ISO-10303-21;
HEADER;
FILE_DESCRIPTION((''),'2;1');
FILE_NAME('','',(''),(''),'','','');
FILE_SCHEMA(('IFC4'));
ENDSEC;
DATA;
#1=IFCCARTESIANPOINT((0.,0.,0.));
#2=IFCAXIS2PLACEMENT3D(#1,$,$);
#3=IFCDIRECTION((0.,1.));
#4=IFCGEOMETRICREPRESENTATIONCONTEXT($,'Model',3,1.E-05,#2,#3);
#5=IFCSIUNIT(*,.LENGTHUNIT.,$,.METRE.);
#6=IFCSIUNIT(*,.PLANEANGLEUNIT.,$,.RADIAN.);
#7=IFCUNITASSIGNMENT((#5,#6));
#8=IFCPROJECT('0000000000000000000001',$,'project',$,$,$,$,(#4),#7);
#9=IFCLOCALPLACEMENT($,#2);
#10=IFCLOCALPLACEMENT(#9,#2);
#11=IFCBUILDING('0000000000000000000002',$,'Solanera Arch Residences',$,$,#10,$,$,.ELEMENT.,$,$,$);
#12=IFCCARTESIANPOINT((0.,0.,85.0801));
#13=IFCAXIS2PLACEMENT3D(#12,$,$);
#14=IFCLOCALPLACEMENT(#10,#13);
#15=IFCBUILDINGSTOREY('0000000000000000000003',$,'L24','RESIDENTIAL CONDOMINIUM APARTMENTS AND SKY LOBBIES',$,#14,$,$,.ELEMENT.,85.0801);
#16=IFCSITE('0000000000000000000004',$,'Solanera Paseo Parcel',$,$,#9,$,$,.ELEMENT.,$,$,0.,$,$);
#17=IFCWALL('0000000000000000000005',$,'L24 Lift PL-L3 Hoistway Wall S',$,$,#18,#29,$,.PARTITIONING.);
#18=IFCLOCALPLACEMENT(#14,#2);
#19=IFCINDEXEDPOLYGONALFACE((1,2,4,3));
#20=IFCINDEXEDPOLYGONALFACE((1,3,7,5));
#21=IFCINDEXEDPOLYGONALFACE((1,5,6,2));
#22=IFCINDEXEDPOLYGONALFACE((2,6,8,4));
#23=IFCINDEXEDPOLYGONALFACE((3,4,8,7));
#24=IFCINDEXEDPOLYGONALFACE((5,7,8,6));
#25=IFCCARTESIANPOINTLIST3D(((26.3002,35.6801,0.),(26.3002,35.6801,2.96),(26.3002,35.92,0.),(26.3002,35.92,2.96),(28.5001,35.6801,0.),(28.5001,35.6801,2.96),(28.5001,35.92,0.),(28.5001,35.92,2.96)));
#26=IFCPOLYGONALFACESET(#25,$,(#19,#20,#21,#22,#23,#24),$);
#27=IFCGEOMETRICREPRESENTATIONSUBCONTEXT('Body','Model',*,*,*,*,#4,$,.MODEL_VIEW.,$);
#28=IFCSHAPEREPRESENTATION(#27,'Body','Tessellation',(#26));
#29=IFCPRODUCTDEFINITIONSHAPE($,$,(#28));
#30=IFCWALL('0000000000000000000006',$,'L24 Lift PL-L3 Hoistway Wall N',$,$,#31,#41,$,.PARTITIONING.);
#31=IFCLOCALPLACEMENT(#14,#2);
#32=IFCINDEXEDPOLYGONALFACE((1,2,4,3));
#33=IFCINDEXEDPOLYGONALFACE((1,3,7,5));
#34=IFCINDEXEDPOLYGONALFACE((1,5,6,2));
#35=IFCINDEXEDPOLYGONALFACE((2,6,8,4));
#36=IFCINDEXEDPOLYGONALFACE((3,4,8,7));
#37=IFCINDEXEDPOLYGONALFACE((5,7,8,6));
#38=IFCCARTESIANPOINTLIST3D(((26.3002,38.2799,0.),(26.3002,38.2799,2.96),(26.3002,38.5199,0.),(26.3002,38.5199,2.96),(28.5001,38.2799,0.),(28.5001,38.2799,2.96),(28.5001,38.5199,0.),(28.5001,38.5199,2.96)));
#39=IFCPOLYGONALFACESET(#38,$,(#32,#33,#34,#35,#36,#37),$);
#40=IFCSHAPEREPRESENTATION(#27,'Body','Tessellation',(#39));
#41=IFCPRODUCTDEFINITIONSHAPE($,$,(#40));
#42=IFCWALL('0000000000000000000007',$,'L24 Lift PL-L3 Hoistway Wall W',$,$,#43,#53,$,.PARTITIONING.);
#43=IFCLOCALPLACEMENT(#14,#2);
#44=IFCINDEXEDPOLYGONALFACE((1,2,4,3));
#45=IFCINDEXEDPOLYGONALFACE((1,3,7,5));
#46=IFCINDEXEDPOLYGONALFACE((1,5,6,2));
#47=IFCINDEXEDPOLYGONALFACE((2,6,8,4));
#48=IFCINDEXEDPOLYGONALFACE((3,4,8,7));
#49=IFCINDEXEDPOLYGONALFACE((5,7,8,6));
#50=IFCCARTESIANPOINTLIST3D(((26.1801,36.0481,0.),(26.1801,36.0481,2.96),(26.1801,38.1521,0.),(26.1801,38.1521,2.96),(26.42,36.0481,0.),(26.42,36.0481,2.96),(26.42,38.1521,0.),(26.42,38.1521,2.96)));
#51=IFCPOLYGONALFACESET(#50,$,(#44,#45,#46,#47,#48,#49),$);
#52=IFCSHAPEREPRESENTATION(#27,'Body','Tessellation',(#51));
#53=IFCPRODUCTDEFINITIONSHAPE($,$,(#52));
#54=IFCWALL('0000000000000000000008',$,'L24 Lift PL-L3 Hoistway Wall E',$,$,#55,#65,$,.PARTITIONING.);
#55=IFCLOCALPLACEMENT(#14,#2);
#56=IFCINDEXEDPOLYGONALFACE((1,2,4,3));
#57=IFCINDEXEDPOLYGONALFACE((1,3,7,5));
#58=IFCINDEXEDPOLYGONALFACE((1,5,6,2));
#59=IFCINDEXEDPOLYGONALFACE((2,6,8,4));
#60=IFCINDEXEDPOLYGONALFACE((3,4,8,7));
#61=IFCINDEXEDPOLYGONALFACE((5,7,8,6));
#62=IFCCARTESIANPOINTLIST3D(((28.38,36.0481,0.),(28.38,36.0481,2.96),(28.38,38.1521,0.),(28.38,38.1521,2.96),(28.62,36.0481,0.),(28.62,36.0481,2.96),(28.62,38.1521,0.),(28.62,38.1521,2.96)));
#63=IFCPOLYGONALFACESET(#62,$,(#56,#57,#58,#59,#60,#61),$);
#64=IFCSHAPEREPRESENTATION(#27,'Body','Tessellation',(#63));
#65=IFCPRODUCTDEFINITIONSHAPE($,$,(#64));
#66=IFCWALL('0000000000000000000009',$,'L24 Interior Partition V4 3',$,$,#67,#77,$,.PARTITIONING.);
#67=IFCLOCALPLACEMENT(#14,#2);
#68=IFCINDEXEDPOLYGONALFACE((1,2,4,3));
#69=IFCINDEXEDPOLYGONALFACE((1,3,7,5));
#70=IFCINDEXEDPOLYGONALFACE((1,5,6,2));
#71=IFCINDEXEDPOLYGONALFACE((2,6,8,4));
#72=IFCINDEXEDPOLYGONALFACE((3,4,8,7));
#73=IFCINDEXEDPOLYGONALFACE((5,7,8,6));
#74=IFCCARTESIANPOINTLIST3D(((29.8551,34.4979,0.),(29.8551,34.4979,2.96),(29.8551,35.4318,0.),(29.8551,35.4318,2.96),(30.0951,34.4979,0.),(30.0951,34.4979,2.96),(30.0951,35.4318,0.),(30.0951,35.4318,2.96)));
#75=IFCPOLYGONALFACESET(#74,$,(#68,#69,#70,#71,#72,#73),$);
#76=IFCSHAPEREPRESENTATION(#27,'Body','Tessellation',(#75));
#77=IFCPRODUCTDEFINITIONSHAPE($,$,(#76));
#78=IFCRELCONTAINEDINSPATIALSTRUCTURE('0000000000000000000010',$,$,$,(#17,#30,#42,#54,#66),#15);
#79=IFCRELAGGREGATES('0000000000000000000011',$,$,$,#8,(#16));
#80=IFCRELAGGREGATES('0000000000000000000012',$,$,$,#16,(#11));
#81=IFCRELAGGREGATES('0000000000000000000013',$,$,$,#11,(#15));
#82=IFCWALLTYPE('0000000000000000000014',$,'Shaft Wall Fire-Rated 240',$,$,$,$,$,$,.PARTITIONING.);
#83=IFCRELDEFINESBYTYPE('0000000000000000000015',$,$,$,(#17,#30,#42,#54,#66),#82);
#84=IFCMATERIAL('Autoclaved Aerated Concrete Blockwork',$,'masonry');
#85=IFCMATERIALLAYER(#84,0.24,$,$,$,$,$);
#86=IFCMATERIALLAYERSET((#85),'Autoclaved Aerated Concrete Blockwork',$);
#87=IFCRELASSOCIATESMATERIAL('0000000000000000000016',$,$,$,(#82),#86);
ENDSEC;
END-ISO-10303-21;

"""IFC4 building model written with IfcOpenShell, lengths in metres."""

from ifc_helpers import new_model, si_unit, direction, frame, frame_2d, origin, place, context, subcontext, project, spatial, rectangle, extrude, material, layer, layer_set, type_object, element, save


model = new_model("IFC4")

# Units and contexts
model_context = context("Model", 3, precision=1e-05, world=origin(), true_north=direction((0.0, 1.0)))
body_context = subcontext(model_context, "Body", "Model", "MODEL_VIEW")
ifc_project = project(units=[si_unit("LENGTHUNIT", "METRE"), si_unit("PLANEANGLEUNIT", "RADIAN")], contexts=[model_context])

# Site, building, storey
site_placement = place(None, origin())
site = spatial("IfcSite", under=ifc_project, at=site_placement, Name="Solanera Paseo Parcel", CompositionType="ELEMENT", RefElevation=0.0)
building_placement = place(site_placement, origin())
building = spatial("IfcBuilding", under=site, at=building_placement, Name="Solanera Arch Residences", CompositionType="ELEMENT")
storey_placement = place(building_placement, frame((0.0, 0.0, 85.0801)))
storey = spatial("IfcBuildingStorey", under=building, at=storey_placement, Name="L24", Description="RESIDENTIAL CONDOMINIUM APARTMENTS AND SKY LOBBIES", CompositionType="ELEMENT", Elevation=85.0801)

# Walls
ifc_material_1 = material(Name="Autoclaved Aerated Concrete Blockwork", Category="masonry")
ifc_layer_1 = layer(ifc_material_1, 0.24)
ifc_layer_set_1 = layer_set([ifc_layer_1], Name="Autoclaved Aerated Concrete Blockwork")
wall_type_1 = type_object("IfcWallType", Name="Shaft Wall Fire-Rated 240", PredefinedType="PARTITIONING", material=ifc_layer_set_1)
for number, where, z_axis, x_axis, name in (
    (1, (26.3, 35.8, 0.0), (0.0, 0.0, 1.0), (1.0, 0.0, 0.0), "L24 Lift PL-L3 Hoistway Wall S"),
    (2, (26.3, 38.3999, 0.0), (0.0, 0.0, 1.0), (1.0, 0.0, 0.0), "L24 Lift PL-L3 Hoistway Wall N"),
):
    element("IfcWall", number, at=place(storey_placement, frame(where, z_axis=z_axis, x_axis=x_axis)), inside=storey, type_object=wall_type_1, Name=name, PredefinedType="PARTITIONING", context=body_context, shape_type="SweptSolid", body=[
        extrude(rectangle(XDim=2.2, YDim=0.24, at=frame_2d((1.1001, 0.0))), origin(), (0.0, 0.0, 1.0), 2.96),
    ])
for number, where, z_axis, x_axis, name in (
    (3, (26.3, 36.0481, 0.0), (0.0, 0.0, 1.0), (0.0, 1.0, 0.0), "L24 Lift PL-L3 Hoistway Wall W"),
    (4, (28.5, 36.0481, 0.0), (0.0, 0.0, 1.0), (0.0, 1.0, 0.0), "L24 Lift PL-L3 Hoistway Wall E"),
):
    element("IfcWall", number, at=place(storey_placement, frame(where, z_axis=z_axis, x_axis=x_axis)), inside=storey, type_object=wall_type_1, Name=name, PredefinedType="PARTITIONING", context=body_context, shape_type="SweptSolid", body=[
        extrude(rectangle(XDim=2.104, YDim=0.24, at=frame_2d((1.052, 0.0))), origin(), (0.0, 0.0, 1.0), 2.96),
    ])

# Wall
wall_1_placement = place(storey_placement, frame((29.9751, 34.498, 0.0), z_axis=(0.0, 0.0, 1.0), x_axis=(0.0, 1.0, 0.0)))
element("IfcWall", 5, at=wall_1_placement, inside=storey, type_object=wall_type_1, Name="L24 Interior Partition V4 3", PredefinedType="PARTITIONING", context=body_context, shape_type="SweptSolid", body=[
    extrude(rectangle(XDim=0.9338, YDim=0.24, at=frame_2d((0.4668, 0.0))), origin(), (0.0, 0.0, 1.0), 2.96),
])

save(model, "model.ifc")
